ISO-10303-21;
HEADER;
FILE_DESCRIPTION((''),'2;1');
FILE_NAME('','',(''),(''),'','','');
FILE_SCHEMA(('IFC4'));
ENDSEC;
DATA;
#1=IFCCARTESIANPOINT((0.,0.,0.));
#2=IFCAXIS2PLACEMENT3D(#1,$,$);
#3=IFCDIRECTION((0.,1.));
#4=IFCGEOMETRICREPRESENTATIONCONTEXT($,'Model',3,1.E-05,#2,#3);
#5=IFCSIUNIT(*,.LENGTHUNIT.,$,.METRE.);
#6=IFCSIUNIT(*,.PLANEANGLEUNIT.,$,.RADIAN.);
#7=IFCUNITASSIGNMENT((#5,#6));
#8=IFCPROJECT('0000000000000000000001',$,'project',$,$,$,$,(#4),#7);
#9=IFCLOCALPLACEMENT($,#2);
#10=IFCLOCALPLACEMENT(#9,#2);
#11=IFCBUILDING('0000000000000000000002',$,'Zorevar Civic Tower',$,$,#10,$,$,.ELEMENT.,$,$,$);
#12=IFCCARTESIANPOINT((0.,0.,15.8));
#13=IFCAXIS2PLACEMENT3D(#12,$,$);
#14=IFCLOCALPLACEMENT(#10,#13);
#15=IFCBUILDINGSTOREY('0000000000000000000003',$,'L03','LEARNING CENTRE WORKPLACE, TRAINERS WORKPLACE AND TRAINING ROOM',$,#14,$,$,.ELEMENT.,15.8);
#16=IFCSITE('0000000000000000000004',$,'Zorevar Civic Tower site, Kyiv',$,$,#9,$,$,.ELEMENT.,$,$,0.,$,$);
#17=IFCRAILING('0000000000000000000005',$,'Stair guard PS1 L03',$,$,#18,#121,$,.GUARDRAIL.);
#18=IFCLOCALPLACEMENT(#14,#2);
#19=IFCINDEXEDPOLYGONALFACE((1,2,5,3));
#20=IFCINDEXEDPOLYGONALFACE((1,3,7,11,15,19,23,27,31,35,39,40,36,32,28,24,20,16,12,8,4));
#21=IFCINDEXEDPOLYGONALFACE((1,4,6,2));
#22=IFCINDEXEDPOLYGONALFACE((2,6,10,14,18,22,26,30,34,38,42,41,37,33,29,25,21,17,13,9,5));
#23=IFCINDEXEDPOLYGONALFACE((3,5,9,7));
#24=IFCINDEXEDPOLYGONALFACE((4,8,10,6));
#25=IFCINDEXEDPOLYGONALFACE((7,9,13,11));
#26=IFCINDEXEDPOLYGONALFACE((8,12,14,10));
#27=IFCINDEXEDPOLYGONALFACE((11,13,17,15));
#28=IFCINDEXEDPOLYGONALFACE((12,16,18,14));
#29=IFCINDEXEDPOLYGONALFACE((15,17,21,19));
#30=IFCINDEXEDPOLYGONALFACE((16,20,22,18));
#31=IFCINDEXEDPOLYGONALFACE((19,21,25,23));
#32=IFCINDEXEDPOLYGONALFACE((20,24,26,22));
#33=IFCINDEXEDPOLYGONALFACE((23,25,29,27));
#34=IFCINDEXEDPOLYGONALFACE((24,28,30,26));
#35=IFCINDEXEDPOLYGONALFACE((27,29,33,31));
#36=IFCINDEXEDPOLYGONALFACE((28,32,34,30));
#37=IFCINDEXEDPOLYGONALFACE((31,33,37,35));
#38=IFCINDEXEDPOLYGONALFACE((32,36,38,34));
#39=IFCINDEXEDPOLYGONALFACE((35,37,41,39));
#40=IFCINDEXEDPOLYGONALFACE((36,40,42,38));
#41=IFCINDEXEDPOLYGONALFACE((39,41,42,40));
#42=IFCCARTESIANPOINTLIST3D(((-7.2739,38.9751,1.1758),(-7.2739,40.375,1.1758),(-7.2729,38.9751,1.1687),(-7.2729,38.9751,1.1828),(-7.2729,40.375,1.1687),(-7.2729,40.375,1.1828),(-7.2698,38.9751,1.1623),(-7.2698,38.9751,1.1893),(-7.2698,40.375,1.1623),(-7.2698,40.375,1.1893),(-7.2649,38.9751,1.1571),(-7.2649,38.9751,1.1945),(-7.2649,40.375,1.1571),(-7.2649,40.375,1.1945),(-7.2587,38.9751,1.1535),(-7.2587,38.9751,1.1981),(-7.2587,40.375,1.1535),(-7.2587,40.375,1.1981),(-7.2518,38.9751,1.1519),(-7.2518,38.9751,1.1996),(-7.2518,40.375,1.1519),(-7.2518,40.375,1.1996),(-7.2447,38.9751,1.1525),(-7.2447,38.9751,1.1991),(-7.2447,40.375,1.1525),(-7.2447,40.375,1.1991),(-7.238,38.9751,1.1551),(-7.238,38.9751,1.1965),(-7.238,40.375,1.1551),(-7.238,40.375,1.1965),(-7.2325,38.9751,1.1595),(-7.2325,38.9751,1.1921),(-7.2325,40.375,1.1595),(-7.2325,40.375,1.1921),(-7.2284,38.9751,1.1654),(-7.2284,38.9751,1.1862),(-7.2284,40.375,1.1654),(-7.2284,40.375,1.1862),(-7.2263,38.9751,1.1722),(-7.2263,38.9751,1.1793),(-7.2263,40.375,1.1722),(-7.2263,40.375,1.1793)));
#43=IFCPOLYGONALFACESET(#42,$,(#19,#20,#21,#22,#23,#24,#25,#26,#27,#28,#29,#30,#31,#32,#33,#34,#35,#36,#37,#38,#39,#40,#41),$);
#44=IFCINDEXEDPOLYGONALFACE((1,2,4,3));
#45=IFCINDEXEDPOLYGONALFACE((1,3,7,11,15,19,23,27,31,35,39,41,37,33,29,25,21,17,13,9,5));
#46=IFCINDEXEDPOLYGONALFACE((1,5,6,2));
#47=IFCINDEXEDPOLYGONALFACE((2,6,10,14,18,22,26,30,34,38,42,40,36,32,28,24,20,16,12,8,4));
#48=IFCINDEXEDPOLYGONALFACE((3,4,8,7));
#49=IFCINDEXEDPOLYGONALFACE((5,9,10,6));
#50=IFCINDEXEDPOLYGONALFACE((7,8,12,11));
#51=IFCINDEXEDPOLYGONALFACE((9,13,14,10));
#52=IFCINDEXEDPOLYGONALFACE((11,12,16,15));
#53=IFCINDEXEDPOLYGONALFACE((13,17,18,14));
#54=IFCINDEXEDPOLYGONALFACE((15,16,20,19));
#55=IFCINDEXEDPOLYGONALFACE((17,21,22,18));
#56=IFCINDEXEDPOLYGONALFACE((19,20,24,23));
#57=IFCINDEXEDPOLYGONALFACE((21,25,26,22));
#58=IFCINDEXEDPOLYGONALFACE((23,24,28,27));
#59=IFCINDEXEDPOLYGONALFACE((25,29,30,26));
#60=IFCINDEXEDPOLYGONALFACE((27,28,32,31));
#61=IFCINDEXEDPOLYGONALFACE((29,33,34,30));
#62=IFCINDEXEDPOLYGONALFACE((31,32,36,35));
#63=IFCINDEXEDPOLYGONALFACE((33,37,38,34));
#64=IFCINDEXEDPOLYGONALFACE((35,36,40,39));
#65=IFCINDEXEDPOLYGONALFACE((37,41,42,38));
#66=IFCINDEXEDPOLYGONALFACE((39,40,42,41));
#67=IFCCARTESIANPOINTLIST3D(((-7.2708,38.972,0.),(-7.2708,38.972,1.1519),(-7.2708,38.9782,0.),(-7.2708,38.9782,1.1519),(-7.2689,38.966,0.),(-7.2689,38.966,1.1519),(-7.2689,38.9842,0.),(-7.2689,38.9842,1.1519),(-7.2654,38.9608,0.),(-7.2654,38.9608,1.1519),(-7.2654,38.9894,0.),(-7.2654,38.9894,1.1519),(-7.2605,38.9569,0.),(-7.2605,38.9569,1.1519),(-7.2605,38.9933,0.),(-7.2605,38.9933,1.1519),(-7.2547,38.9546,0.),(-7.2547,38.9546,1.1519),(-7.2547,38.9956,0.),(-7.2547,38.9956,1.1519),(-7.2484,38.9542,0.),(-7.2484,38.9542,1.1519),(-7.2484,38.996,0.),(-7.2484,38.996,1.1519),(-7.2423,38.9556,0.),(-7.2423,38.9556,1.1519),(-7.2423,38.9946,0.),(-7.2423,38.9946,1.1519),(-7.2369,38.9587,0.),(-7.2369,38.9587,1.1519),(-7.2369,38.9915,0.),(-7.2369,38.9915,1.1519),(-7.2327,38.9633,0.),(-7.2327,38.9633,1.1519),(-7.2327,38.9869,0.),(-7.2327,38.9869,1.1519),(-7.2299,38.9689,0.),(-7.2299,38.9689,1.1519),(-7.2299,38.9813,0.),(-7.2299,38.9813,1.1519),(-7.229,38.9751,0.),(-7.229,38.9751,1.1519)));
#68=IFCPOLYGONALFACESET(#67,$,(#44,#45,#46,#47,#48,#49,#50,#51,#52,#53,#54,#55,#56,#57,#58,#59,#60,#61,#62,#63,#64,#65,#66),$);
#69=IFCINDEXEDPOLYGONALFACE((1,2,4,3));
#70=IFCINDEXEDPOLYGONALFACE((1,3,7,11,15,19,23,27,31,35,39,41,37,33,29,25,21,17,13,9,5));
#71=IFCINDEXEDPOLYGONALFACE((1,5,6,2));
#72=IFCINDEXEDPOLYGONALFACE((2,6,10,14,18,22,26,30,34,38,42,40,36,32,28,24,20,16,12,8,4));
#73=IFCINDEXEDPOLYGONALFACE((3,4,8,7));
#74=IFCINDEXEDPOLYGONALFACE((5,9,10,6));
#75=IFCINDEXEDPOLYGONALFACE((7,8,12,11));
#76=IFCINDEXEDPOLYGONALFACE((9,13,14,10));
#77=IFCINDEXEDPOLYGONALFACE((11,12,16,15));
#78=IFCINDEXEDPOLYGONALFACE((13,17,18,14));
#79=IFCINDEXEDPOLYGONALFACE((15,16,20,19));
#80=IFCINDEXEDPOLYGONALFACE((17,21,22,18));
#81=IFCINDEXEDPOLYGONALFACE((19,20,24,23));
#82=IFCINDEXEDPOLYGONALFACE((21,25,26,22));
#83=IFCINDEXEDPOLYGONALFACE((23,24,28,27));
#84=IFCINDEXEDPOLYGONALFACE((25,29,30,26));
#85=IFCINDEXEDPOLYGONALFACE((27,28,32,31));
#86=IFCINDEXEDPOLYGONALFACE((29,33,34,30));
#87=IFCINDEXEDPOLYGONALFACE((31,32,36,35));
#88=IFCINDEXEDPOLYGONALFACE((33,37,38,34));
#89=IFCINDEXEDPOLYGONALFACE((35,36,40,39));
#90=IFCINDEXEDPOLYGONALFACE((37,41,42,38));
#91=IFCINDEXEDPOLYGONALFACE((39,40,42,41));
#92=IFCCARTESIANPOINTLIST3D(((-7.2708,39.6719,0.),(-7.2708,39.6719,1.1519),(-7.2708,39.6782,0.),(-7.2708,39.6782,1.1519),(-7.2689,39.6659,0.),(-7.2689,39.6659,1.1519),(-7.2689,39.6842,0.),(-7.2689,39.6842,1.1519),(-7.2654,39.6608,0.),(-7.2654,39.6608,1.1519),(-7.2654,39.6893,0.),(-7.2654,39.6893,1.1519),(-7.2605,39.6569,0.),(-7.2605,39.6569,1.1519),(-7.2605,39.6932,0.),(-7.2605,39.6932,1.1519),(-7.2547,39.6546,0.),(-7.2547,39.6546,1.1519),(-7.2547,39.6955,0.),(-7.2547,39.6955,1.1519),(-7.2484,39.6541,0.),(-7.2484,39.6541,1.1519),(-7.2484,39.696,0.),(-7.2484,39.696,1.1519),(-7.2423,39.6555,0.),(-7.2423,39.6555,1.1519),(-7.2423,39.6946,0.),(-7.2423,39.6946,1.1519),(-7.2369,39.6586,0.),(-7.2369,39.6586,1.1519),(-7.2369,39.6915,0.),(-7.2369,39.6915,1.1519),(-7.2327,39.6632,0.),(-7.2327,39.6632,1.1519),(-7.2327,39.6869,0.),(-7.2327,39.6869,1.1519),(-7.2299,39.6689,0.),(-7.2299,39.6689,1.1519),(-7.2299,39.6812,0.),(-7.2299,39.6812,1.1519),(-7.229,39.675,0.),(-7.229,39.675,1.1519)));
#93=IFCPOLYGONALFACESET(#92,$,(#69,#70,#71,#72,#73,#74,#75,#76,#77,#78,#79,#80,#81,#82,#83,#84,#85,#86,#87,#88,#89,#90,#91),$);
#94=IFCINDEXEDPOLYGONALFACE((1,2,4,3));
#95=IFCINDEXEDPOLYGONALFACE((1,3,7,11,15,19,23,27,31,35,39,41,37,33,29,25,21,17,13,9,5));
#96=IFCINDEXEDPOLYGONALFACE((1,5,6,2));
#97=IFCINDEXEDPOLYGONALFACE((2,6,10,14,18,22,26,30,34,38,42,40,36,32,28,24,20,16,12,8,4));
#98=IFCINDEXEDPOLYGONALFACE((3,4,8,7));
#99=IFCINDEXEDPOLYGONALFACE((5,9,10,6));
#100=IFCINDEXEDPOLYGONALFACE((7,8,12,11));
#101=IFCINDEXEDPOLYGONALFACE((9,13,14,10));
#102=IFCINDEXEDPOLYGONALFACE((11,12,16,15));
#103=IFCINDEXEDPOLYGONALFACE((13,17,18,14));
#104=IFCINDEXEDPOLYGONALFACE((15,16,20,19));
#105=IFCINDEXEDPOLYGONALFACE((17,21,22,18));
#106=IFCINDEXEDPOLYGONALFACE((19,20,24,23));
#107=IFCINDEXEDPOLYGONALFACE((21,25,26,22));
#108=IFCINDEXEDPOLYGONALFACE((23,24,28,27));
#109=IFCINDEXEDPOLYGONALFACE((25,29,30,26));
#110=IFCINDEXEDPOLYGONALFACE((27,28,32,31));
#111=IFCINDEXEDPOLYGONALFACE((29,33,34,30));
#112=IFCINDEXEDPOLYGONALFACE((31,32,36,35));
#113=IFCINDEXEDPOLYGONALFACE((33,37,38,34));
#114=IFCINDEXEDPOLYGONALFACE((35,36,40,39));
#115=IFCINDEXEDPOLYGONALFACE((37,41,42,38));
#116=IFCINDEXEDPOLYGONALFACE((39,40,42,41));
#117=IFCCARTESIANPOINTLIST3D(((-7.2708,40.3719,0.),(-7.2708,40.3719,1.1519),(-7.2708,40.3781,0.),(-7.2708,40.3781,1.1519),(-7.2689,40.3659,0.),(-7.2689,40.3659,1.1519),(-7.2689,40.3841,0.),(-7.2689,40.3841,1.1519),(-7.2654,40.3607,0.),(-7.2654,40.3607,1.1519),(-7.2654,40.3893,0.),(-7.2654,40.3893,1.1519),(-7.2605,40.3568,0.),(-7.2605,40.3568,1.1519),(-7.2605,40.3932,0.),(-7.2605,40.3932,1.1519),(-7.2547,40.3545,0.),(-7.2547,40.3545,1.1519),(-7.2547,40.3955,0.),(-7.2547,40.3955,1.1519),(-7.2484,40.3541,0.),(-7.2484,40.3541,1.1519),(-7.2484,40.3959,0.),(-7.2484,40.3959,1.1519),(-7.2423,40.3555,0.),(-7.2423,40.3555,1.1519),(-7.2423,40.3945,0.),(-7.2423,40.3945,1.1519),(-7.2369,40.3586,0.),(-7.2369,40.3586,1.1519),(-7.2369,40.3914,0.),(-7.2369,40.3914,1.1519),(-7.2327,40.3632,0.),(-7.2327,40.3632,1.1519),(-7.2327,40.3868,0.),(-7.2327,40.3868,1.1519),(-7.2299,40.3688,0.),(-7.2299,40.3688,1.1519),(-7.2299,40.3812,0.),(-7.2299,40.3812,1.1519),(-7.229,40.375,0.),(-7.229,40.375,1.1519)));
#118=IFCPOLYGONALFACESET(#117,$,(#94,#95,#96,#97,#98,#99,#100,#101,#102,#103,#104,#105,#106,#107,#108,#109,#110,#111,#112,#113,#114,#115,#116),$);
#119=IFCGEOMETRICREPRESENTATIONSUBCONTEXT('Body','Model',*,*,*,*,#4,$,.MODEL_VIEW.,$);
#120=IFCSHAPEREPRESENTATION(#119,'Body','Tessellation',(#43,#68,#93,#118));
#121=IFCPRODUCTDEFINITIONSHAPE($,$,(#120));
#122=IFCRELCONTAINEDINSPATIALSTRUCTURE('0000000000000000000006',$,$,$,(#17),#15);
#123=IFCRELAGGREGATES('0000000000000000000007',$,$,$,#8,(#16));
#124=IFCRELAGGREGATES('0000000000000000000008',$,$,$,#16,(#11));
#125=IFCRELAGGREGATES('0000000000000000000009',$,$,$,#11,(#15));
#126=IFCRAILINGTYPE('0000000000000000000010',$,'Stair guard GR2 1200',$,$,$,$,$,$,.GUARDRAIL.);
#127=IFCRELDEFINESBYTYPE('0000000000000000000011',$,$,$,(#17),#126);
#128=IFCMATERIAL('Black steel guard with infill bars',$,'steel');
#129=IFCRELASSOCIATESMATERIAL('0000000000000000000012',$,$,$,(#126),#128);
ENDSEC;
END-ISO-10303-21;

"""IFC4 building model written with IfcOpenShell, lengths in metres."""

from ifc_helpers import new_model, si_unit, direction, frame, origin, origin_2d, place, context, subcontext, project, spatial, circle, extrude, material, type_object, element, save


model = new_model("IFC4")

# Units and contexts
model_context = context("Model", 3, precision=1e-05, world=origin(), true_north=direction((0.0, 1.0)))
body_context = subcontext(model_context, "Body", "Model", "MODEL_VIEW")
ifc_project = project(units=[si_unit("LENGTHUNIT", "METRE"), si_unit("PLANEANGLEUNIT", "RADIAN")], contexts=[model_context])

# Site, building, storey
site_placement = place(None, origin())
site = spatial("IfcSite", under=ifc_project, at=site_placement, Name="Zorevar Civic Tower site, Kyiv", CompositionType="ELEMENT", RefElevation=0.0)
building_placement = place(site_placement, origin())
building = spatial("IfcBuilding", under=site, at=building_placement, Name="Zorevar Civic Tower", CompositionType="ELEMENT")
storey_placement = place(building_placement, frame((0.0, 0.0, 15.8)))
storey = spatial("IfcBuildingStorey", under=building, at=storey_placement, Name="L03", Description="LEARNING CENTRE WORKPLACE, TRAINERS WORKPLACE AND TRAINING ROOM", CompositionType="ELEMENT", Elevation=15.8)

# Railing
ifc_material_1 = material(Name="Black steel guard with infill bars", Category="steel")
railing_type_1 = type_object("IfcRailingType", Name="Stair guard GR2 1200", PredefinedType="GUARDRAIL", material=ifc_material_1)
railing_1_placement = place(storey_placement, frame((-7.25, 38.9751, 0.0)))
element("IfcRailing", 1, at=railing_1_placement, inside=storey, type_object=railing_type_1, Name="Stair guard PS1 L03", PredefinedType="GUARDRAIL", context=body_context, shape_type="SweptSolid", body=[
    extrude(circle(Radius=0.0239, at=origin_2d()), frame((0.0, 0.0, 1.1758), z_axis=(0.0, 1.0, 0.0), x_axis=(-1.0, 0.0, 0.0)), (0.0, 0.0, 1.0), 1.3999),
    extrude(circle(Radius=0.021, at=origin_2d()), origin(), (0.0, 0.0, 1.0), 1.1519),
    extrude(circle(Radius=0.021, at=origin_2d()), frame((0.0, 0.7, 0.0)), (0.0, 0.0, 1.0), 1.1519),
    extrude(circle(Radius=0.021, at=origin_2d()), frame((0.0, 1.3999, 0.0)), (0.0, 0.0, 1.0), 1.1519),
])

save(model, "model.ifc")
